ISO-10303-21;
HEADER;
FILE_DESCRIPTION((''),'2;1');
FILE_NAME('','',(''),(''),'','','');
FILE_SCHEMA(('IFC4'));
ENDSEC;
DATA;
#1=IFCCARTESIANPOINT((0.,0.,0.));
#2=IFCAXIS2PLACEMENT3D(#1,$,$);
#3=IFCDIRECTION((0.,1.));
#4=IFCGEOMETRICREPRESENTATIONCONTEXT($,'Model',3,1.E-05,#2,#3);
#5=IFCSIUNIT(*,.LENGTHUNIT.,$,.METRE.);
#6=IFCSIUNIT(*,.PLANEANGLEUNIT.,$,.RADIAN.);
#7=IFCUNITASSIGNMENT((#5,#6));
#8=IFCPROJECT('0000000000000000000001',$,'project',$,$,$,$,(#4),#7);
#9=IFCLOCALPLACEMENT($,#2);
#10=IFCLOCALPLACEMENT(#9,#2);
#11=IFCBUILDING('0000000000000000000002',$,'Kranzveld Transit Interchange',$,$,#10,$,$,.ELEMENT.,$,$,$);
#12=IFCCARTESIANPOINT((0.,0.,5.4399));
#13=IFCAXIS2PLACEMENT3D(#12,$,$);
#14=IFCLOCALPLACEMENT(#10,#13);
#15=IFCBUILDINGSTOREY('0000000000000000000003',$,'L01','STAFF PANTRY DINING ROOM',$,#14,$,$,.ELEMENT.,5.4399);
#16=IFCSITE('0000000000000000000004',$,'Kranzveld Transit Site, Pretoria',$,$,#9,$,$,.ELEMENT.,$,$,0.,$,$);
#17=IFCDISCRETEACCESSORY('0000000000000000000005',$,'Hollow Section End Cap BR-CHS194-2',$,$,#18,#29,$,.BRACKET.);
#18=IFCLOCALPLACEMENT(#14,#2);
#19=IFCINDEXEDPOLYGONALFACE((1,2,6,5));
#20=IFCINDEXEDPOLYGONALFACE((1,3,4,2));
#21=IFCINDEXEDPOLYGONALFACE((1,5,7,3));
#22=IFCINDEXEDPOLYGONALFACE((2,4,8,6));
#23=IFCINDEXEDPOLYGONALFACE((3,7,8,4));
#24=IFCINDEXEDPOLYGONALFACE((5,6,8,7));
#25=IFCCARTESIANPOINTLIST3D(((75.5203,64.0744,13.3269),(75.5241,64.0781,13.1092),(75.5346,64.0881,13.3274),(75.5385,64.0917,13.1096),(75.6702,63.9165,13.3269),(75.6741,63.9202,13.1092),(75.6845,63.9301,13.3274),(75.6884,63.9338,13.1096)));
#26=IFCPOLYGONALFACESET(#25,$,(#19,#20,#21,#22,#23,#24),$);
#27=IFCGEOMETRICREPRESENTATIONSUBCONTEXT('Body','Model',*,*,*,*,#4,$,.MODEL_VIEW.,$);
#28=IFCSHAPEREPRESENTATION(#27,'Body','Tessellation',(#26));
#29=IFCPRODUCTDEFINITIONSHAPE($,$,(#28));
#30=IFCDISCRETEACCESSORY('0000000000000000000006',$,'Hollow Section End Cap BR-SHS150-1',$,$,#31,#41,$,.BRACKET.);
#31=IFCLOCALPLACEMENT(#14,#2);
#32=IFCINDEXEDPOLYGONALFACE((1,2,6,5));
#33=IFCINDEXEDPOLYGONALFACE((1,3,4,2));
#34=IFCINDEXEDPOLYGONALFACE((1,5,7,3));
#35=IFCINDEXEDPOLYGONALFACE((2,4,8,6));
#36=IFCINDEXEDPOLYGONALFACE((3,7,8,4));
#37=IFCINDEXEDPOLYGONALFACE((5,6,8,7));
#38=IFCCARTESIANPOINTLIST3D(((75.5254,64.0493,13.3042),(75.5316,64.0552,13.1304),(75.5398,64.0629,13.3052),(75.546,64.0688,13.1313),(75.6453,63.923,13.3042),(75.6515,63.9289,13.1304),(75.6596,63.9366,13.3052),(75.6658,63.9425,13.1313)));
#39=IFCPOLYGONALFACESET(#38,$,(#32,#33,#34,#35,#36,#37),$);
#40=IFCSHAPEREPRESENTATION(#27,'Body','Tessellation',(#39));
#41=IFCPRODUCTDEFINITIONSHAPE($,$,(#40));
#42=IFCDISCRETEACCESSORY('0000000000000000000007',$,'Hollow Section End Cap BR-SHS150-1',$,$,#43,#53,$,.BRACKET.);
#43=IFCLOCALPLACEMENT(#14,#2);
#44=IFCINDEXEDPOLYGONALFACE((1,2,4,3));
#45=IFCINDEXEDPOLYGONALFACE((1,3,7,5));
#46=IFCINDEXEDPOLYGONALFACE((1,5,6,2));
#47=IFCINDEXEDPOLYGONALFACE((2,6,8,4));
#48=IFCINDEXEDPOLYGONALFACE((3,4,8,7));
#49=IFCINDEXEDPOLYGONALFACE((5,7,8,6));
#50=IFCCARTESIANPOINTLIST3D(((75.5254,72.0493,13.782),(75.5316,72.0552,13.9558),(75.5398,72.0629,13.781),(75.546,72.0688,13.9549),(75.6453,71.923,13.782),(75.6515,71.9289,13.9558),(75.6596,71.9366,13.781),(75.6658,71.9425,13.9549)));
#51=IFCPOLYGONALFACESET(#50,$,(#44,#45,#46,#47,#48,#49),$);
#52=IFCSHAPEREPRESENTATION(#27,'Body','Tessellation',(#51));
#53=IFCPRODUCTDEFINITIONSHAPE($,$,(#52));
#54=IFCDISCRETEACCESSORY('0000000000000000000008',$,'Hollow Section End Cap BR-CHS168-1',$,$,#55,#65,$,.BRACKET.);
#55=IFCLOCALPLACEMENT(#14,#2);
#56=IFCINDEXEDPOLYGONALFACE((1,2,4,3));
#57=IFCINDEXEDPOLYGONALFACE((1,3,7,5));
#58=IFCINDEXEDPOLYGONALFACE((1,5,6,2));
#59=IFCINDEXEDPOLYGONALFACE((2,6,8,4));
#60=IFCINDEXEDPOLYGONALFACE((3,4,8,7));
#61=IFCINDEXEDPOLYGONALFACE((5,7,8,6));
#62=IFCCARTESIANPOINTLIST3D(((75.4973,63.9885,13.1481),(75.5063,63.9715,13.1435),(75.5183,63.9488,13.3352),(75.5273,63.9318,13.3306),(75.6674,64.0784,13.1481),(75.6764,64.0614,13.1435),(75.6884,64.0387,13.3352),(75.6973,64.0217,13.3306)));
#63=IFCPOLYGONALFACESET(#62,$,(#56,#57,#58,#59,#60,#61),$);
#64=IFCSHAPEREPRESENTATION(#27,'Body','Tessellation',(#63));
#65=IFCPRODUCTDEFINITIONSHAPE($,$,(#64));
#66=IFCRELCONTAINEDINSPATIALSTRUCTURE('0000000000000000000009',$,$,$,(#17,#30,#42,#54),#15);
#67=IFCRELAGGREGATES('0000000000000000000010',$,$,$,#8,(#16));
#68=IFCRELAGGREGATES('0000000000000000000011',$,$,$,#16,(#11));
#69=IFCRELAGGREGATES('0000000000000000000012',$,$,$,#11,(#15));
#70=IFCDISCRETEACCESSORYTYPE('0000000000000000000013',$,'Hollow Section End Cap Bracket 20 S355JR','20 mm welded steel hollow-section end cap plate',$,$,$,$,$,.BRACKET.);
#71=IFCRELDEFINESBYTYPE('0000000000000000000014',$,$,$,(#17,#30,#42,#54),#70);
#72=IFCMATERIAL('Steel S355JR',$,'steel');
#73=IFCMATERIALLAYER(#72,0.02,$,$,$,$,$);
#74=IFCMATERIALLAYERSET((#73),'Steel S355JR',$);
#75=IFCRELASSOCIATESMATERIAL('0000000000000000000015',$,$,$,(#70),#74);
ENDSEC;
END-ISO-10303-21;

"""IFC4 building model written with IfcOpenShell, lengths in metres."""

from ifc_helpers import new_model, si_unit, direction, frame, origin, origin_2d, place, context, subcontext, project, spatial, rectangle, extrude, material, layer, layer_set, type_object, element, save


model = new_model("IFC4")

# Units and contexts
model_context = context("Model", 3, precision=1e-05, world=origin(), true_north=direction((0.0, 1.0)))
body_context = subcontext(model_context, "Body", "Model", "MODEL_VIEW")
ifc_project = project(units=[si_unit("LENGTHUNIT", "METRE"), si_unit("PLANEANGLEUNIT", "RADIAN")], contexts=[model_context])

# Site, building, storey
site_placement = place(None, origin())
site = spatial("IfcSite", under=ifc_project, at=site_placement, Name="Kranzveld Transit Site, Pretoria", CompositionType="ELEMENT", RefElevation=0.0)
building_placement = place(site_placement, origin())
building = spatial("IfcBuilding", under=site, at=building_placement, Name="Kranzveld Transit Interchange", CompositionType="ELEMENT")
storey_placement = place(building_placement, frame((0.0, 0.0, 5.4399)))
storey = spatial("IfcBuildingStorey", under=building, at=storey_placement, Name="L01", Description="STAFF PANTRY DINING ROOM", CompositionType="ELEMENT", Elevation=5.4399)

# Discrete accessories
ifc_material_1 = material(Name="Steel S355JR", Category="steel")
ifc_layer_1 = layer(ifc_material_1, 0.02)
ifc_layer_set_1 = layer_set([ifc_layer_1], Name="Steel S355JR")
discrete_accessory_type = type_object("IfcDiscreteAccessoryType", Name="Hollow Section End Cap Bracket 20 S355JR", Description="20 mm welded steel hollow-section end cap plate", PredefinedType="BRACKET", material=ifc_layer_set_1)
discrete_accessory_1_placement = place(storey_placement, frame((75.5972, 63.9973, 13.218), z_axis=(0.725087, 0.688218, 0.024579), x_axis=(-0.688426, 0.725306, 0.0)))
element("IfcDiscreteAccessory", 1, at=discrete_accessory_1_placement, inside=storey, type_object=discrete_accessory_type, Name="Hollow Section End Cap BR-CHS194-2", PredefinedType="BRACKET", context=body_context, shape_type="SweptSolid", body=[
    extrude(rectangle(XDim=0.2178, YDim=0.2178, at=origin_2d()), origin(), (0.0, 0.0, 1.0), 0.0198),
])
for number, where, z_axis, x_axis, name in (
    (2, (75.6028, 64.0027, 13.2183), (-0.724431, -0.687596, -0.049114), (0.688426, -0.725306, 0.0), "Hollow Section End Cap BR-SHS150-1"),
    (3, (75.6028, 72.0027, 13.8679), (-0.724431, -0.687596, 0.049114), (0.688426, -0.725306, 0.0), "Hollow Section End Cap BR-SHS150-1"),
):
    element("IfcDiscreteAccessory", number, at=place(storey_placement, frame(where, z_axis=z_axis, x_axis=x_axis)), inside=storey, type_object=discrete_accessory_type, Name=name, PredefinedType="BRACKET", context=body_context, shape_type="SweptSolid", body=[
        extrude(rectangle(XDim=0.1741, YDim=0.1741, at=origin_2d()), origin(), (0.0, 0.0, 1.0), 0.0198),
    ])
discrete_accessory_2_placement = place(storey_placement, frame((75.6018, 63.9966, 13.2371), z_axis=(-0.454407, 0.859689, 0.233344), x_axis=(-0.884095, -0.467307, 0.0)))
element("IfcDiscreteAccessory", 4, at=discrete_accessory_2_placement, inside=storey, type_object=discrete_accessory_type, Name="Hollow Section End Cap BR-CHS168-1", PredefinedType="BRACKET", context=body_context, shape_type="SweptSolid", body=[
    extrude(rectangle(XDim=0.1924, YDim=0.1924, at=origin_2d()), origin(), (0.0, 0.0, 1.0), 0.0198),
])

save(model, "model.ifc")
